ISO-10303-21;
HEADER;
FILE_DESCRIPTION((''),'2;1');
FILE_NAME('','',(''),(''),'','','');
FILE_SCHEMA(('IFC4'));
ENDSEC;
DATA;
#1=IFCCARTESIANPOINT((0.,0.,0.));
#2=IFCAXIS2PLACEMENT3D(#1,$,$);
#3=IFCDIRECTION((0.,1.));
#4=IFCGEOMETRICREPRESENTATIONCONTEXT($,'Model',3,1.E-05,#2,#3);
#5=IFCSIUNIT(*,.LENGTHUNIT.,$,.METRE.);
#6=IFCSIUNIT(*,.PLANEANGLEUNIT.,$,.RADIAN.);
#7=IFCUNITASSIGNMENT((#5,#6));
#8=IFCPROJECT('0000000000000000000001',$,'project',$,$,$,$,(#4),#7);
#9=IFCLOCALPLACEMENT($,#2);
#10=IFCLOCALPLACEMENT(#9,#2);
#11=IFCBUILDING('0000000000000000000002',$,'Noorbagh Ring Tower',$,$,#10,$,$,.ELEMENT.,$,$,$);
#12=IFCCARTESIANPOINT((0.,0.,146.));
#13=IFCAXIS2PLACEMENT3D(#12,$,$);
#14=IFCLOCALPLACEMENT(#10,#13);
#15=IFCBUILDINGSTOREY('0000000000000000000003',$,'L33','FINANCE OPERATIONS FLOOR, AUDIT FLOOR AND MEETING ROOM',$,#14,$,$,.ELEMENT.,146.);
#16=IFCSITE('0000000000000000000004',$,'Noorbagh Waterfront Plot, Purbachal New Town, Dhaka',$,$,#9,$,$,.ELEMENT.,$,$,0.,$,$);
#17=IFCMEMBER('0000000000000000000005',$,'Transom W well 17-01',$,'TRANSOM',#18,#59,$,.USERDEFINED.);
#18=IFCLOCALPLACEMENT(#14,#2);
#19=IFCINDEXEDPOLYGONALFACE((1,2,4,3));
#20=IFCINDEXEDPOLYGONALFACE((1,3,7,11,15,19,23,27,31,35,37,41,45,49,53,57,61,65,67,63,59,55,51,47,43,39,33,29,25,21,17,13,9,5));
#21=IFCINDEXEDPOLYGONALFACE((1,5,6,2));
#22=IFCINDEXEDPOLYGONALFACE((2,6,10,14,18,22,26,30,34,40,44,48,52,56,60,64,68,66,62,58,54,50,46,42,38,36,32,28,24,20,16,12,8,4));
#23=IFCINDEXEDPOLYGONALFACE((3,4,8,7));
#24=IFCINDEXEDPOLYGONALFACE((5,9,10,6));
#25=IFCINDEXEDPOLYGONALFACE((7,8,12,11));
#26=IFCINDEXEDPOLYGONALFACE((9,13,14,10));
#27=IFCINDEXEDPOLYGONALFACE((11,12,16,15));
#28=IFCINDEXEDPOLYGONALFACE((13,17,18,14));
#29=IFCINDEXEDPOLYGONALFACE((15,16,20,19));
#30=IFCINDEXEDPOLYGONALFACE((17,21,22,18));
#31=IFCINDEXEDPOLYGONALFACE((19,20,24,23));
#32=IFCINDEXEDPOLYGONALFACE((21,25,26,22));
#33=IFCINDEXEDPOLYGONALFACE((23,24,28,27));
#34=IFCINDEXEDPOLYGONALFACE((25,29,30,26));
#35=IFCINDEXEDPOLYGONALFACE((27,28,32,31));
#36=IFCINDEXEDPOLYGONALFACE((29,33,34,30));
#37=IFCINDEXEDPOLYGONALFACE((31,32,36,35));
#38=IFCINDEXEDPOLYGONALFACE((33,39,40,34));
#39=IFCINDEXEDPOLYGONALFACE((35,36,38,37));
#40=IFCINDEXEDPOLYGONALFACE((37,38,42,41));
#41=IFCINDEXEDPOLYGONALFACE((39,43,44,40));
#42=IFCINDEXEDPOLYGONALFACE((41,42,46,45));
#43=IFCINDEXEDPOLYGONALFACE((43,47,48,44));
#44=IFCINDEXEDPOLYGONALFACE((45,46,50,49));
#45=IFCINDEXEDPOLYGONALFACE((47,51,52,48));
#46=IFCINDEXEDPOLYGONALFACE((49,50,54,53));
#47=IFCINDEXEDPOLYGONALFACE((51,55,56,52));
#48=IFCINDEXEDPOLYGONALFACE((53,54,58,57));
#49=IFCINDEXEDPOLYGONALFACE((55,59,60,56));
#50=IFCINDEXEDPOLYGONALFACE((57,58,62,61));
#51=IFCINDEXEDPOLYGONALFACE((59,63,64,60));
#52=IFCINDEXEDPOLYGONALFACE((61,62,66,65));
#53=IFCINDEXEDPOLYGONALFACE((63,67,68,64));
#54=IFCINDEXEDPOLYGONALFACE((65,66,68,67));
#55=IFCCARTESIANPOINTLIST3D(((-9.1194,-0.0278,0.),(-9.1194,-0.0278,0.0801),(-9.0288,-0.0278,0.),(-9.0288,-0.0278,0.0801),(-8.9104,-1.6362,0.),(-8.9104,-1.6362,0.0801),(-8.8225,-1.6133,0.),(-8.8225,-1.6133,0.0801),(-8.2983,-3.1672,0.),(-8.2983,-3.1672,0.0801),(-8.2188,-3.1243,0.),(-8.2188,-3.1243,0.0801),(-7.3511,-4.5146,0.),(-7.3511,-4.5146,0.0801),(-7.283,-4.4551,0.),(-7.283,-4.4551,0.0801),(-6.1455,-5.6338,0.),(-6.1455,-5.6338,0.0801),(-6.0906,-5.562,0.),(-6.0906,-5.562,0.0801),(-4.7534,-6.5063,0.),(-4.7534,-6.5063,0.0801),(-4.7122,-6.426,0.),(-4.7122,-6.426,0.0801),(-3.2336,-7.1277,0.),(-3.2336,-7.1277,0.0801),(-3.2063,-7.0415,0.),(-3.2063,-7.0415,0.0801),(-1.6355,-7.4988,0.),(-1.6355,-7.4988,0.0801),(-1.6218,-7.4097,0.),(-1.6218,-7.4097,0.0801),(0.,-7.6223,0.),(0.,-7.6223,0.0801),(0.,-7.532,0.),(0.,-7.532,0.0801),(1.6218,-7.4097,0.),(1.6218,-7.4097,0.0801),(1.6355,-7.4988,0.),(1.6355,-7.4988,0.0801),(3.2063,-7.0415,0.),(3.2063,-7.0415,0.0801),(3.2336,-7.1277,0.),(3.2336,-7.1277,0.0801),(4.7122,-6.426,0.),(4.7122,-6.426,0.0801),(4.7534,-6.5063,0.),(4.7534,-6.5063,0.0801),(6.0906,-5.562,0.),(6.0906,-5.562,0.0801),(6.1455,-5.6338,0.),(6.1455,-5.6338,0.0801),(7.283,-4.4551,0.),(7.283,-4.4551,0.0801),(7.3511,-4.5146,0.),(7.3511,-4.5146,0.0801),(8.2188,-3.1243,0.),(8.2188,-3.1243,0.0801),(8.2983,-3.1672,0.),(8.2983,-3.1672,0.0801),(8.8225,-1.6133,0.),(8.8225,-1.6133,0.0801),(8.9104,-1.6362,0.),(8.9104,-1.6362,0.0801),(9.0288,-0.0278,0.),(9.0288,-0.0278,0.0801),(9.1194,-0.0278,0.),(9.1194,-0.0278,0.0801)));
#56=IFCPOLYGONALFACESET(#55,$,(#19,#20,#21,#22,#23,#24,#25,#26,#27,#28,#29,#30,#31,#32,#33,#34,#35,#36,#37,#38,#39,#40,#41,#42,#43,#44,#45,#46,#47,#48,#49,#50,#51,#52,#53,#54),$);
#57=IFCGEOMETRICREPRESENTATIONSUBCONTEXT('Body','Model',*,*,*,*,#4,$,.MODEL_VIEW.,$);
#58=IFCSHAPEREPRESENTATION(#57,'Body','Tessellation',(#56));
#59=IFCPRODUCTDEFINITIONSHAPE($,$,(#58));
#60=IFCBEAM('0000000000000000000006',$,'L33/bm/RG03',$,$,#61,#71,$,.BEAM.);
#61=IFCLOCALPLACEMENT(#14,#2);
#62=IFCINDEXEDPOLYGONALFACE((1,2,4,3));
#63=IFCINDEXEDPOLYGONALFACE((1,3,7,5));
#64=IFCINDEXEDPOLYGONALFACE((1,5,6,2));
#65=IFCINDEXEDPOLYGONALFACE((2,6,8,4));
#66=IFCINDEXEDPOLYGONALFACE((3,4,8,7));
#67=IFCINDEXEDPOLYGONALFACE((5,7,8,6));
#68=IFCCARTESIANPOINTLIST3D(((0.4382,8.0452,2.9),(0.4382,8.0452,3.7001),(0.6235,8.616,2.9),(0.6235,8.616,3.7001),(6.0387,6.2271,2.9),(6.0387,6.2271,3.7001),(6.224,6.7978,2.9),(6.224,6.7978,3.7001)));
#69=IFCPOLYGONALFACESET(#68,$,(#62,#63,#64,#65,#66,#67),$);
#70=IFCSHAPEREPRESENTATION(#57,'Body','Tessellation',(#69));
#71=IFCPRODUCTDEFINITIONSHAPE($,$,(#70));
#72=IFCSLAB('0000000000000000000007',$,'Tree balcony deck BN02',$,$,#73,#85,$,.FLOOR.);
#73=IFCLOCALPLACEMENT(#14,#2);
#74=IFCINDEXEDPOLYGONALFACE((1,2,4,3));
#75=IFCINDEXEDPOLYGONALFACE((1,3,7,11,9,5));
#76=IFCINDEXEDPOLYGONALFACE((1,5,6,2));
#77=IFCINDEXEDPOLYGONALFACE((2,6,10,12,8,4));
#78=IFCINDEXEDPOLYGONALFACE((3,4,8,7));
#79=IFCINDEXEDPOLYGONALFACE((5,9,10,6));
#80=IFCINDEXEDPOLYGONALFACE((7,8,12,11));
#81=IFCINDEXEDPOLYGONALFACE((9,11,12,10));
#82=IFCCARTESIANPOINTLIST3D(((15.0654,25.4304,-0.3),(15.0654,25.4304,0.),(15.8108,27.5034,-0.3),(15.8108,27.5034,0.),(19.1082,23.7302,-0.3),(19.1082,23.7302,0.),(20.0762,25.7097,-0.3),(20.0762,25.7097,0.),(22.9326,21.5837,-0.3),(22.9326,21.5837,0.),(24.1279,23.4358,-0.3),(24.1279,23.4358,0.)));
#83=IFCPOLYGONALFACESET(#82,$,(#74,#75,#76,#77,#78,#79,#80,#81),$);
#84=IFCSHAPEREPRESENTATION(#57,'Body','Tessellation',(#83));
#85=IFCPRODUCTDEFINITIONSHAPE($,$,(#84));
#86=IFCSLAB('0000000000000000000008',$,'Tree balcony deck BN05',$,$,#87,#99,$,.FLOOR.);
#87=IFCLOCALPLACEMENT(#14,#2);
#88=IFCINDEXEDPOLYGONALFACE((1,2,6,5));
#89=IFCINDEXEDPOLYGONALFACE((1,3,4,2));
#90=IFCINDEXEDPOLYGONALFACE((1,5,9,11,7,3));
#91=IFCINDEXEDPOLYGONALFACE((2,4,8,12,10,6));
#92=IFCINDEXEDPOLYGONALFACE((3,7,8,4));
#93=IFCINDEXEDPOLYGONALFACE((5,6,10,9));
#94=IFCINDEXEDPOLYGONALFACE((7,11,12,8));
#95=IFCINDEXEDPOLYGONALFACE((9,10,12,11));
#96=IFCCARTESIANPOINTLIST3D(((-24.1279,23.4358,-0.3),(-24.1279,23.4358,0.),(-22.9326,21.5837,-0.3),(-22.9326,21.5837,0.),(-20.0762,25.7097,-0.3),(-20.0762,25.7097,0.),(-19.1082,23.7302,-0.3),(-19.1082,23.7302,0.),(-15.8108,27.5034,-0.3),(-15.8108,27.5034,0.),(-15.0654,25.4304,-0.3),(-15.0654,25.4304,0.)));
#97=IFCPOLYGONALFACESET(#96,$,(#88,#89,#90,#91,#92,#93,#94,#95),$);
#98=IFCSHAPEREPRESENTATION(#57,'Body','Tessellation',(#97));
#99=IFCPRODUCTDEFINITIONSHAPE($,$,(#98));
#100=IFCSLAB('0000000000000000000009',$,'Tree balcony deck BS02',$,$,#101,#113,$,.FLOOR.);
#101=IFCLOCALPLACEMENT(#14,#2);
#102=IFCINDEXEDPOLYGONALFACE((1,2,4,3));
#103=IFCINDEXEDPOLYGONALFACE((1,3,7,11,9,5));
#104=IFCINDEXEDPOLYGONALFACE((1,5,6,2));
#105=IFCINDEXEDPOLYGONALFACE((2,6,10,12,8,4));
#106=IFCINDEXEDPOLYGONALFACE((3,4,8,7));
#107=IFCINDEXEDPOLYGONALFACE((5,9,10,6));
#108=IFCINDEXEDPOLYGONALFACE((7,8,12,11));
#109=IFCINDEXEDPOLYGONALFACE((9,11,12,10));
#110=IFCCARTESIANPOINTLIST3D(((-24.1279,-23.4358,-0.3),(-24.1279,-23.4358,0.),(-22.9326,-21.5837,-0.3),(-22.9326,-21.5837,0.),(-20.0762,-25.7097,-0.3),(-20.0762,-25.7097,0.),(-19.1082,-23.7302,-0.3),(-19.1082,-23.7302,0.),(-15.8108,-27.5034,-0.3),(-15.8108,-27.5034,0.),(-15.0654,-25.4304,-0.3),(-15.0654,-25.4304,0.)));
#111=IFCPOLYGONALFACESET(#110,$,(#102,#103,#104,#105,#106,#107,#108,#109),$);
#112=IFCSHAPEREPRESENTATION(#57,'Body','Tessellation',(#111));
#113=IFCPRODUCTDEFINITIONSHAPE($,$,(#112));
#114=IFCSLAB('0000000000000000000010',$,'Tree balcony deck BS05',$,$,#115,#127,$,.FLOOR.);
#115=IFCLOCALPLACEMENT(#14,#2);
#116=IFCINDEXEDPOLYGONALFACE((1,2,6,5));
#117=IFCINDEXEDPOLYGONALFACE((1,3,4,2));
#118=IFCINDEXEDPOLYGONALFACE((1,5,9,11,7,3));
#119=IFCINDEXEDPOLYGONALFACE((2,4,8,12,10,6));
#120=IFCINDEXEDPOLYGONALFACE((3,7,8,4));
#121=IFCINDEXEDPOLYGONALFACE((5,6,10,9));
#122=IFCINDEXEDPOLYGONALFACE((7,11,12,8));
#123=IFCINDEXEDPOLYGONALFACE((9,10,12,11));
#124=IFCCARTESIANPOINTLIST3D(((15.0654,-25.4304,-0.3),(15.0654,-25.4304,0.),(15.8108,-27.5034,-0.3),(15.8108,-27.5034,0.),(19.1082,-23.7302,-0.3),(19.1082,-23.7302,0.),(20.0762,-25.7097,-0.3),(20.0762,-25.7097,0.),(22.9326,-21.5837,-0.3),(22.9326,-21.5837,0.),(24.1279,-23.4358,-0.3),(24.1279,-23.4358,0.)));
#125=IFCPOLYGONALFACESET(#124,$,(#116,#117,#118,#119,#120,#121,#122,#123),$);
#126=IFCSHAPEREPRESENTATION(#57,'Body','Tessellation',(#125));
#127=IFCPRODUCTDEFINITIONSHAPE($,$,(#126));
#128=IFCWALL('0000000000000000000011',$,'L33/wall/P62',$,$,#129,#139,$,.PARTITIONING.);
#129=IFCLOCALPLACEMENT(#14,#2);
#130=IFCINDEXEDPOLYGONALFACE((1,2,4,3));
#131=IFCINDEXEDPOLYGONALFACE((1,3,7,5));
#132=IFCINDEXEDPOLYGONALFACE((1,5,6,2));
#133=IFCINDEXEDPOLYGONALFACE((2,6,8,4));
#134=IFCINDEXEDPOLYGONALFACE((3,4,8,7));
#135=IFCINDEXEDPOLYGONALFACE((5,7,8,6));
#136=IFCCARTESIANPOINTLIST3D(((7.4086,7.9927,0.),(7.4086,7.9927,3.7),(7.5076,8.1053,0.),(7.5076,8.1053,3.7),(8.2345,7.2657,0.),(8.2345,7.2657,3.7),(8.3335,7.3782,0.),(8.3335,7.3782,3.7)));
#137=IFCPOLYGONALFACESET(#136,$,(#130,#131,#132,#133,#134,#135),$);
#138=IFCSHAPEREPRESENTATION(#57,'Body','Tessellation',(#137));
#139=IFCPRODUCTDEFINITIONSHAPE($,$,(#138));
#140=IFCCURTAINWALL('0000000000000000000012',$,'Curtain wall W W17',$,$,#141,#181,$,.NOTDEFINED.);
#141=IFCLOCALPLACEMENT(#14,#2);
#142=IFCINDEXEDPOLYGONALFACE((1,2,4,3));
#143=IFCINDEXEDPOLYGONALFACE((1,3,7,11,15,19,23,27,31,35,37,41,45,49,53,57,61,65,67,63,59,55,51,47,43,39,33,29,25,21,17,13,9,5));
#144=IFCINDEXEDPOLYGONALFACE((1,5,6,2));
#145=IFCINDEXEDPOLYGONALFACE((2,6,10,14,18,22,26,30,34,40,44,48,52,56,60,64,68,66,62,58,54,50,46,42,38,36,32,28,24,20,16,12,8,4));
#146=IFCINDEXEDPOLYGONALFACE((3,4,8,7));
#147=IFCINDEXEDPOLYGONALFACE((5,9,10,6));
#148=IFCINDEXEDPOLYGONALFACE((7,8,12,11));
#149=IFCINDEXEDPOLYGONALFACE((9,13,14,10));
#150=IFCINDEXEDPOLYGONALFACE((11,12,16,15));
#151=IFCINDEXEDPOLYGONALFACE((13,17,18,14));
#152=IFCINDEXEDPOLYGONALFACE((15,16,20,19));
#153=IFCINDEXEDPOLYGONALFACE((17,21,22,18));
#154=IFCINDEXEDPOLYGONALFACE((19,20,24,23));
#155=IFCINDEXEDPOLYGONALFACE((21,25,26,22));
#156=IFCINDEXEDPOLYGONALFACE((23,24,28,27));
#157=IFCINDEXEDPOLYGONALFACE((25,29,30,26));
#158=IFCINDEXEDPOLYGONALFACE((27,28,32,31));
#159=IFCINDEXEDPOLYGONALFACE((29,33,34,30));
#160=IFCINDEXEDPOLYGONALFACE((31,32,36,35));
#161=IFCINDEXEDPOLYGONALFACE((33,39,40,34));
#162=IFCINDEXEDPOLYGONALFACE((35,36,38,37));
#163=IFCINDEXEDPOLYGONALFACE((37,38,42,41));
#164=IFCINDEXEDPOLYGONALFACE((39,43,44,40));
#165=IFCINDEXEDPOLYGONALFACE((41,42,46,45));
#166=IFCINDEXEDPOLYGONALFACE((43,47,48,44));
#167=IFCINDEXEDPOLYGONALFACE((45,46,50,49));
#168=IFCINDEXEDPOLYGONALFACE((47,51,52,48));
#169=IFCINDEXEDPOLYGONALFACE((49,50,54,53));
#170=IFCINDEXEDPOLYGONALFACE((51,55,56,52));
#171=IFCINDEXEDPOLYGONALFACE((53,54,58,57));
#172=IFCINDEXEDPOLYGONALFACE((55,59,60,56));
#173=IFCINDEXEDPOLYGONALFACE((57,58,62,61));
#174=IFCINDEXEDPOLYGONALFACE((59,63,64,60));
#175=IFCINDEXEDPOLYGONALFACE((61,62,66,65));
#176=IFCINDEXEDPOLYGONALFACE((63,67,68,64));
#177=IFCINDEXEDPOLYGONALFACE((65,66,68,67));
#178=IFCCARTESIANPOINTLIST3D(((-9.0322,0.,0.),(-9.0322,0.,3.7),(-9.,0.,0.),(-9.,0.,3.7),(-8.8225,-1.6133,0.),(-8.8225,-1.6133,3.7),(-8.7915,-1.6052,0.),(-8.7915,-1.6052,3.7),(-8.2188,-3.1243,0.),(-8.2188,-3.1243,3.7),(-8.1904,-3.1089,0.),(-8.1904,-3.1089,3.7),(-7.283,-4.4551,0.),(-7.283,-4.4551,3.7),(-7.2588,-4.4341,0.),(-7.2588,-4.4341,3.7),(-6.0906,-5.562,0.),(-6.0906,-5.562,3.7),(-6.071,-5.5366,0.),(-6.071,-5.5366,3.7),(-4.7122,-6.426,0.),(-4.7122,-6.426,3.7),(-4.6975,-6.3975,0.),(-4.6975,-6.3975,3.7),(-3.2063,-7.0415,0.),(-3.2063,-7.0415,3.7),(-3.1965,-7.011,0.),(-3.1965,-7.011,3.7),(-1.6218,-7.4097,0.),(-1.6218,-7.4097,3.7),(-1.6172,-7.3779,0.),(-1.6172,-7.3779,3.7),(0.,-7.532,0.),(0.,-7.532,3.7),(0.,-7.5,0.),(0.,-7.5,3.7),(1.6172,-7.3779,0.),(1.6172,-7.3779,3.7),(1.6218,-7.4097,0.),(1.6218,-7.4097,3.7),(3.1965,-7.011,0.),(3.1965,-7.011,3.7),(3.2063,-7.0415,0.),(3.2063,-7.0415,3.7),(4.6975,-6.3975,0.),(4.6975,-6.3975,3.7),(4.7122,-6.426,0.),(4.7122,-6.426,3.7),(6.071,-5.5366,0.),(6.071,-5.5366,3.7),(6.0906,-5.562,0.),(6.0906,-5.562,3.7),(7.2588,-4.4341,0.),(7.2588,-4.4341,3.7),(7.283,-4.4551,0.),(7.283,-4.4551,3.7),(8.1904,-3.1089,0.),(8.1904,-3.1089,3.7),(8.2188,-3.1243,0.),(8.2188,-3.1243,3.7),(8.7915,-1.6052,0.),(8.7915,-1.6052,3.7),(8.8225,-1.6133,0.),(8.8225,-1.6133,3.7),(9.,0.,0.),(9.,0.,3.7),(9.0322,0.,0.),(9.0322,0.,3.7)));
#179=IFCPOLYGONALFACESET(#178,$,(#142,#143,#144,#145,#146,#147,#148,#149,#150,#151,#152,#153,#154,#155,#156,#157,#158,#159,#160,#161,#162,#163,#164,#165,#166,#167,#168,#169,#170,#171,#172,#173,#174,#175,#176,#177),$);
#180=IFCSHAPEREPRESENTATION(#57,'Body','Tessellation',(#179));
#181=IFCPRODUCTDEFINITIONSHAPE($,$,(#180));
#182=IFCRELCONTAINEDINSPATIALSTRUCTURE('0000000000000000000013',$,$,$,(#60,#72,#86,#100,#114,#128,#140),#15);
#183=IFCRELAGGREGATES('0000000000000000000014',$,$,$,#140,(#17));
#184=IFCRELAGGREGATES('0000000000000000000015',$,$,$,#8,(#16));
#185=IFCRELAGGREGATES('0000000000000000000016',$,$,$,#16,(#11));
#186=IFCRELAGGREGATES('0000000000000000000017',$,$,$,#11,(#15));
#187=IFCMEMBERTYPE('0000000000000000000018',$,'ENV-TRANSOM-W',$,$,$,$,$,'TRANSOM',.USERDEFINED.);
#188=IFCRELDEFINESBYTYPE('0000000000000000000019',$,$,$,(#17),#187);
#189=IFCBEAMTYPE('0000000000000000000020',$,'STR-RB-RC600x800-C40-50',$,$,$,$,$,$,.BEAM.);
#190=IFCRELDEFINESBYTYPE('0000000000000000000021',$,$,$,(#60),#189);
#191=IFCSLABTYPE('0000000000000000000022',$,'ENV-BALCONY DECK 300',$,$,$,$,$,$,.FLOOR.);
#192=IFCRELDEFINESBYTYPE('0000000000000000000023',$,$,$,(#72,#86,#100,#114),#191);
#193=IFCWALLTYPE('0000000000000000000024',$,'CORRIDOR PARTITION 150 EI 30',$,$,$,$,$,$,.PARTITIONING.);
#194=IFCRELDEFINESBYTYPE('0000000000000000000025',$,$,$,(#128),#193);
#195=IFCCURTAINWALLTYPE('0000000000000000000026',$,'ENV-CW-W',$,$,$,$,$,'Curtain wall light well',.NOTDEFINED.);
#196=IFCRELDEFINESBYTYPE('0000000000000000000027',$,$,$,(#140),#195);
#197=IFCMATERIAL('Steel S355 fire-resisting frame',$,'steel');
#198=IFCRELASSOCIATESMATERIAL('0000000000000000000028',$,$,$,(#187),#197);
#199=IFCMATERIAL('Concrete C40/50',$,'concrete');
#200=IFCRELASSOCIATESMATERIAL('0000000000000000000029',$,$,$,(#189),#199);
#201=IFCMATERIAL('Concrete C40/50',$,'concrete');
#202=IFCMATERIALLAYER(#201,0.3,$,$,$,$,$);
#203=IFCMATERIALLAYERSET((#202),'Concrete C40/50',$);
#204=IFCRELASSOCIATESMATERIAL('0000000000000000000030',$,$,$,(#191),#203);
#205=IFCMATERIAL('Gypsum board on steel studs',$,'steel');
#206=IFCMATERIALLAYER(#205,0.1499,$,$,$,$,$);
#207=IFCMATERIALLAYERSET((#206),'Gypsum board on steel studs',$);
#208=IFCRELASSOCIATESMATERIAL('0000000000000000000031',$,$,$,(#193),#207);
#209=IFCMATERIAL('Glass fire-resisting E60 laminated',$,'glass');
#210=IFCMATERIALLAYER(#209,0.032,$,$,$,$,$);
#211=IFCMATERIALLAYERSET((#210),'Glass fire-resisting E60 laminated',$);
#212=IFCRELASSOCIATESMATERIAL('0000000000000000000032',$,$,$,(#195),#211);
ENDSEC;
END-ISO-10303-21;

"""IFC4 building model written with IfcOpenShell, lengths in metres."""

from ifc_helpers import new_model, si_unit, direction, frame, frame_2d, origin, origin_2d, place, context, subcontext, project, spatial, polyline, rectangle, outline, extrude, material, layer, layer_set, material_profile, profile_set, type_object, element, aggregate, save


model = new_model("IFC4")

# Units and contexts
model_context = context("Model", 3, precision=1e-05, world=origin(), true_north=direction((0.0, 1.0)))
body_context = subcontext(model_context, "Body", "Model", "MODEL_VIEW")
ifc_project = project(units=[si_unit("LENGTHUNIT", "METRE"), si_unit("PLANEANGLEUNIT", "RADIAN")], contexts=[model_context])

# Site, building, storey
site_placement = place(None, origin())
site = spatial("IfcSite", under=ifc_project, at=site_placement, Name="Noorbagh Waterfront Plot, Purbachal New Town, Dhaka", CompositionType="ELEMENT", RefElevation=0.0)
building_placement = place(site_placement, origin())
building = spatial("IfcBuilding", under=site, at=building_placement, Name="Noorbagh Ring Tower", CompositionType="ELEMENT")
storey_placement = place(building_placement, frame((0.0, 0.0, 146.0)))
storey = spatial("IfcBuildingStorey", under=building, at=storey_placement, Name="L33", Description="FINANCE OPERATIONS FLOOR, AUDIT FLOOR AND MEETING ROOM", CompositionType="ELEMENT", Elevation=146.0)

# Member
ifc_material_1 = material(Name="Steel S355 fire-resisting frame", Category="steel")
member_type_1 = type_object("IfcMemberType", Name="ENV-TRANSOM-W", ElementType="TRANSOM", PredefinedType="USERDEFINED", material=ifc_material_1)
member_1_placement = place(storey_placement, origin())
member_1 = element("IfcMember", 1, at=member_1_placement, type_object=member_type_1, Name="Transom W well 17-01", ObjectType="TRANSOM", PredefinedType="USERDEFINED", context=body_context, shape_type="SweptSolid", body=[
    extrude(outline(polyline([(-9.1194, -0.0278), (-8.9104, -1.6362), (-8.2983, -3.1672), (-7.3511, -4.5146), (-6.1455, -5.6338), (-4.7534, -6.5063), (-3.2336, -7.1277), (-1.6355, -7.4988), (0.0, -7.6223), (1.6355, -7.4988), (3.2336, -7.1277), (4.7534, -6.5063), (6.1455, -5.6338), (7.3511, -4.5146), (8.2983, -3.1672), (8.9104, -1.6362), (9.1194, -0.0278), (9.0288, -0.0278), (8.8225, -1.6133), (8.2188, -3.1243), (7.283, -4.4551), (6.0906, -5.562), (4.7122, -6.426), (3.2063, -7.0415), (1.6218, -7.4097), (0.0, -7.532), (-1.6218, -7.4097), (-3.2063, -7.0415), (-4.7122, -6.426), (-6.0906, -5.562), (-7.283, -4.4551), (-8.2188, -3.1243), (-8.8225, -1.6133), (-9.0288, -0.0278), (-9.1194, -0.0278)])), origin(), (0.0, 0.0, 1.0), 0.0801),
])

# Beam
ifc_material_2 = material(Name="Concrete C40/50", Category="concrete")
ifc_material_profile_1 = material_profile(ifc_material_2, rectangle(XDim=0.6001, YDim=0.8, at=origin_2d()), Name="RC600x800")
ifc_profile_set_1 = profile_set([ifc_material_profile_1], Name="Concrete C40/50")
beam_type = type_object("IfcBeamType", Name="STR-RB-RC600x800-C40-50", PredefinedType="BEAM", material=ifc_profile_set_1)
beam_placement = place(storey_placement, frame((6.1313, 6.5125, 3.3), z_axis=(-0.951134, 0.308779, 0.0), x_axis=(-0.308779, -0.951134, 0.0)))
element("IfcBeam", 2, at=beam_placement, inside=storey, type_object=beam_type, Name="L33/bm/RG03", PredefinedType="BEAM", context=body_context, shape_type="SweptSolid", body=[
    extrude(rectangle(XDim=0.6001, YDim=0.8, at=origin_2d()), origin(), (0.0, 0.0, 1.0), 5.8882),
])

# Slabs
ifc_material_3 = material(Name="Concrete C40/50", Category="concrete")
ifc_layer_1 = layer(ifc_material_3, 0.3)
ifc_layer_set_1 = layer_set([ifc_layer_1], Name="Concrete C40/50")
slab_type = type_object("IfcSlabType", Name="ENV-BALCONY DECK 300", PredefinedType="FLOOR", material=ifc_layer_set_1)
slab_1_placement = place(storey_placement, frame((0.0, 0.0, -0.3)))
element("IfcSlab", 3, at=slab_1_placement, inside=storey, type_object=slab_type, Name="Tree balcony deck BN02", PredefinedType="FLOOR", context=body_context, shape_type="SweptSolid", body=[
    extrude(outline(polyline([(24.1279, 23.4358), (20.0762, 25.7097), (15.8108, 27.5034), (15.0654, 25.4304), (19.1082, 23.7302), (22.9326, 21.5837), (24.1279, 23.4358)])), origin(), (0.0, 0.0, 1.0), 0.3),
])
slab_2_placement = place(storey_placement, frame((0.0, 0.0, -0.3)))
element("IfcSlab", 4, at=slab_2_placement, inside=storey, type_object=slab_type, Name="Tree balcony deck BN05", PredefinedType="FLOOR", context=body_context, shape_type="SweptSolid", body=[
    extrude(outline(polyline([(-15.8108, 27.5034), (-20.0762, 25.7097), (-24.1279, 23.4358), (-22.9326, 21.5837), (-19.1082, 23.7302), (-15.0654, 25.4304), (-15.8108, 27.5034)])), origin(), (0.0, 0.0, 1.0), 0.3),
])
slab_3_placement = place(storey_placement, frame((0.0, 0.0, -0.3)))
element("IfcSlab", 5, at=slab_3_placement, inside=storey, type_object=slab_type, Name="Tree balcony deck BS02", PredefinedType="FLOOR", context=body_context, shape_type="SweptSolid", body=[
    extrude(outline(polyline([(-24.1279, -23.4358), (-20.0762, -25.7097), (-15.8108, -27.5034), (-15.0654, -25.4304), (-19.1082, -23.7302), (-22.9326, -21.5837), (-24.1279, -23.4358)])), origin(), (0.0, 0.0, 1.0), 0.3),
])
slab_4_placement = place(storey_placement, frame((0.0, 0.0, -0.3)))
element("IfcSlab", 6, at=slab_4_placement, inside=storey, type_object=slab_type, Name="Tree balcony deck BS05", PredefinedType="FLOOR", context=body_context, shape_type="SweptSolid", body=[
    extrude(outline(polyline([(15.8108, -27.5034), (20.0762, -25.7097), (24.1279, -23.4358), (22.9326, -21.5837), (19.1082, -23.7302), (15.0654, -25.4304), (15.8108, -27.5034)])), origin(), (0.0, 0.0, 1.0), 0.3),
])

# Wall
ifc_material_4 = material(Name="Gypsum board on steel studs", Category="steel")
ifc_layer_2 = layer(ifc_material_4, 0.1499)
ifc_layer_set_2 = layer_set([ifc_layer_2], Name="Gypsum board on steel studs")
wall_type_1 = type_object("IfcWallType", Name="CORRIDOR PARTITION 150 EI 30", PredefinedType="PARTITIONING", material=ifc_layer_set_2)
wall_1_placement = place(storey_placement, frame((7.458, 8.0491, 0.0), z_axis=(0.0, 0.0, 1.0), x_axis=(0.750608, -0.660748, 0.0)))
element("IfcWall", 7, at=wall_1_placement, inside=storey, type_object=wall_type_1, Name="L33/wall/P62", PredefinedType="PARTITIONING", context=body_context, shape_type="SweptSolid", body=[
    extrude(rectangle(XDim=1.1003, YDim=0.1499, at=frame_2d((0.5503, 0.0))), origin(), (0.0, 0.0, 1.0), 3.7),
])

# Curtain wall
ifc_material_5 = material(Name="Glass fire-resisting E60 laminated", Category="glass")
ifc_layer_3 = layer(ifc_material_5, 0.032)
ifc_layer_set_3 = layer_set([ifc_layer_3], Name="Glass fire-resisting E60 laminated")
curtain_wall_type_1 = type_object("IfcCurtainWallType", Name="ENV-CW-W", ElementType="Curtain wall light well", PredefinedType="NOTDEFINED", material=ifc_layer_set_3)
curtain_wall_1_placement = place(storey_placement, origin())
curtain_wall_1 = element("IfcCurtainWall", 8, at=curtain_wall_1_placement, inside=storey, type_object=curtain_wall_type_1, Name="Curtain wall W W17", PredefinedType="NOTDEFINED", context=body_context, shape_type="SweptSolid", body=[
    extrude(outline(polyline([(-9.0322, 0.0), (-8.8225, -1.6133), (-8.2188, -3.1243), (-7.283, -4.4551), (-6.0906, -5.562), (-4.7122, -6.426), (-3.2063, -7.0415), (-1.6218, -7.4097), (0.0, -7.532), (1.6218, -7.4097), (3.2063, -7.0415), (4.7122, -6.426), (6.0906, -5.562), (7.283, -4.4551), (8.2188, -3.1243), (8.8225, -1.6133), (9.0322, 0.0), (9.0, 0.0), (8.7915, -1.6052), (8.1904, -3.1089), (7.2588, -4.4341), (6.071, -5.5366), (4.6975, -6.3975), (3.1965, -7.011), (1.6172, -7.3779), (0.0, -7.5), (-1.6172, -7.3779), (-3.1965, -7.011), (-4.6975, -6.3975), (-6.071, -5.5366), (-7.2588, -4.4341), (-8.1904, -3.1089), (-8.7915, -1.6052), (-9.0, 0.0), (-9.0322, 0.0)])), origin(), (0.0, 0.0, 1.0), 3.7),
])
aggregate(curtain_wall_1, [member_1])

save(model, "model.ifc")
